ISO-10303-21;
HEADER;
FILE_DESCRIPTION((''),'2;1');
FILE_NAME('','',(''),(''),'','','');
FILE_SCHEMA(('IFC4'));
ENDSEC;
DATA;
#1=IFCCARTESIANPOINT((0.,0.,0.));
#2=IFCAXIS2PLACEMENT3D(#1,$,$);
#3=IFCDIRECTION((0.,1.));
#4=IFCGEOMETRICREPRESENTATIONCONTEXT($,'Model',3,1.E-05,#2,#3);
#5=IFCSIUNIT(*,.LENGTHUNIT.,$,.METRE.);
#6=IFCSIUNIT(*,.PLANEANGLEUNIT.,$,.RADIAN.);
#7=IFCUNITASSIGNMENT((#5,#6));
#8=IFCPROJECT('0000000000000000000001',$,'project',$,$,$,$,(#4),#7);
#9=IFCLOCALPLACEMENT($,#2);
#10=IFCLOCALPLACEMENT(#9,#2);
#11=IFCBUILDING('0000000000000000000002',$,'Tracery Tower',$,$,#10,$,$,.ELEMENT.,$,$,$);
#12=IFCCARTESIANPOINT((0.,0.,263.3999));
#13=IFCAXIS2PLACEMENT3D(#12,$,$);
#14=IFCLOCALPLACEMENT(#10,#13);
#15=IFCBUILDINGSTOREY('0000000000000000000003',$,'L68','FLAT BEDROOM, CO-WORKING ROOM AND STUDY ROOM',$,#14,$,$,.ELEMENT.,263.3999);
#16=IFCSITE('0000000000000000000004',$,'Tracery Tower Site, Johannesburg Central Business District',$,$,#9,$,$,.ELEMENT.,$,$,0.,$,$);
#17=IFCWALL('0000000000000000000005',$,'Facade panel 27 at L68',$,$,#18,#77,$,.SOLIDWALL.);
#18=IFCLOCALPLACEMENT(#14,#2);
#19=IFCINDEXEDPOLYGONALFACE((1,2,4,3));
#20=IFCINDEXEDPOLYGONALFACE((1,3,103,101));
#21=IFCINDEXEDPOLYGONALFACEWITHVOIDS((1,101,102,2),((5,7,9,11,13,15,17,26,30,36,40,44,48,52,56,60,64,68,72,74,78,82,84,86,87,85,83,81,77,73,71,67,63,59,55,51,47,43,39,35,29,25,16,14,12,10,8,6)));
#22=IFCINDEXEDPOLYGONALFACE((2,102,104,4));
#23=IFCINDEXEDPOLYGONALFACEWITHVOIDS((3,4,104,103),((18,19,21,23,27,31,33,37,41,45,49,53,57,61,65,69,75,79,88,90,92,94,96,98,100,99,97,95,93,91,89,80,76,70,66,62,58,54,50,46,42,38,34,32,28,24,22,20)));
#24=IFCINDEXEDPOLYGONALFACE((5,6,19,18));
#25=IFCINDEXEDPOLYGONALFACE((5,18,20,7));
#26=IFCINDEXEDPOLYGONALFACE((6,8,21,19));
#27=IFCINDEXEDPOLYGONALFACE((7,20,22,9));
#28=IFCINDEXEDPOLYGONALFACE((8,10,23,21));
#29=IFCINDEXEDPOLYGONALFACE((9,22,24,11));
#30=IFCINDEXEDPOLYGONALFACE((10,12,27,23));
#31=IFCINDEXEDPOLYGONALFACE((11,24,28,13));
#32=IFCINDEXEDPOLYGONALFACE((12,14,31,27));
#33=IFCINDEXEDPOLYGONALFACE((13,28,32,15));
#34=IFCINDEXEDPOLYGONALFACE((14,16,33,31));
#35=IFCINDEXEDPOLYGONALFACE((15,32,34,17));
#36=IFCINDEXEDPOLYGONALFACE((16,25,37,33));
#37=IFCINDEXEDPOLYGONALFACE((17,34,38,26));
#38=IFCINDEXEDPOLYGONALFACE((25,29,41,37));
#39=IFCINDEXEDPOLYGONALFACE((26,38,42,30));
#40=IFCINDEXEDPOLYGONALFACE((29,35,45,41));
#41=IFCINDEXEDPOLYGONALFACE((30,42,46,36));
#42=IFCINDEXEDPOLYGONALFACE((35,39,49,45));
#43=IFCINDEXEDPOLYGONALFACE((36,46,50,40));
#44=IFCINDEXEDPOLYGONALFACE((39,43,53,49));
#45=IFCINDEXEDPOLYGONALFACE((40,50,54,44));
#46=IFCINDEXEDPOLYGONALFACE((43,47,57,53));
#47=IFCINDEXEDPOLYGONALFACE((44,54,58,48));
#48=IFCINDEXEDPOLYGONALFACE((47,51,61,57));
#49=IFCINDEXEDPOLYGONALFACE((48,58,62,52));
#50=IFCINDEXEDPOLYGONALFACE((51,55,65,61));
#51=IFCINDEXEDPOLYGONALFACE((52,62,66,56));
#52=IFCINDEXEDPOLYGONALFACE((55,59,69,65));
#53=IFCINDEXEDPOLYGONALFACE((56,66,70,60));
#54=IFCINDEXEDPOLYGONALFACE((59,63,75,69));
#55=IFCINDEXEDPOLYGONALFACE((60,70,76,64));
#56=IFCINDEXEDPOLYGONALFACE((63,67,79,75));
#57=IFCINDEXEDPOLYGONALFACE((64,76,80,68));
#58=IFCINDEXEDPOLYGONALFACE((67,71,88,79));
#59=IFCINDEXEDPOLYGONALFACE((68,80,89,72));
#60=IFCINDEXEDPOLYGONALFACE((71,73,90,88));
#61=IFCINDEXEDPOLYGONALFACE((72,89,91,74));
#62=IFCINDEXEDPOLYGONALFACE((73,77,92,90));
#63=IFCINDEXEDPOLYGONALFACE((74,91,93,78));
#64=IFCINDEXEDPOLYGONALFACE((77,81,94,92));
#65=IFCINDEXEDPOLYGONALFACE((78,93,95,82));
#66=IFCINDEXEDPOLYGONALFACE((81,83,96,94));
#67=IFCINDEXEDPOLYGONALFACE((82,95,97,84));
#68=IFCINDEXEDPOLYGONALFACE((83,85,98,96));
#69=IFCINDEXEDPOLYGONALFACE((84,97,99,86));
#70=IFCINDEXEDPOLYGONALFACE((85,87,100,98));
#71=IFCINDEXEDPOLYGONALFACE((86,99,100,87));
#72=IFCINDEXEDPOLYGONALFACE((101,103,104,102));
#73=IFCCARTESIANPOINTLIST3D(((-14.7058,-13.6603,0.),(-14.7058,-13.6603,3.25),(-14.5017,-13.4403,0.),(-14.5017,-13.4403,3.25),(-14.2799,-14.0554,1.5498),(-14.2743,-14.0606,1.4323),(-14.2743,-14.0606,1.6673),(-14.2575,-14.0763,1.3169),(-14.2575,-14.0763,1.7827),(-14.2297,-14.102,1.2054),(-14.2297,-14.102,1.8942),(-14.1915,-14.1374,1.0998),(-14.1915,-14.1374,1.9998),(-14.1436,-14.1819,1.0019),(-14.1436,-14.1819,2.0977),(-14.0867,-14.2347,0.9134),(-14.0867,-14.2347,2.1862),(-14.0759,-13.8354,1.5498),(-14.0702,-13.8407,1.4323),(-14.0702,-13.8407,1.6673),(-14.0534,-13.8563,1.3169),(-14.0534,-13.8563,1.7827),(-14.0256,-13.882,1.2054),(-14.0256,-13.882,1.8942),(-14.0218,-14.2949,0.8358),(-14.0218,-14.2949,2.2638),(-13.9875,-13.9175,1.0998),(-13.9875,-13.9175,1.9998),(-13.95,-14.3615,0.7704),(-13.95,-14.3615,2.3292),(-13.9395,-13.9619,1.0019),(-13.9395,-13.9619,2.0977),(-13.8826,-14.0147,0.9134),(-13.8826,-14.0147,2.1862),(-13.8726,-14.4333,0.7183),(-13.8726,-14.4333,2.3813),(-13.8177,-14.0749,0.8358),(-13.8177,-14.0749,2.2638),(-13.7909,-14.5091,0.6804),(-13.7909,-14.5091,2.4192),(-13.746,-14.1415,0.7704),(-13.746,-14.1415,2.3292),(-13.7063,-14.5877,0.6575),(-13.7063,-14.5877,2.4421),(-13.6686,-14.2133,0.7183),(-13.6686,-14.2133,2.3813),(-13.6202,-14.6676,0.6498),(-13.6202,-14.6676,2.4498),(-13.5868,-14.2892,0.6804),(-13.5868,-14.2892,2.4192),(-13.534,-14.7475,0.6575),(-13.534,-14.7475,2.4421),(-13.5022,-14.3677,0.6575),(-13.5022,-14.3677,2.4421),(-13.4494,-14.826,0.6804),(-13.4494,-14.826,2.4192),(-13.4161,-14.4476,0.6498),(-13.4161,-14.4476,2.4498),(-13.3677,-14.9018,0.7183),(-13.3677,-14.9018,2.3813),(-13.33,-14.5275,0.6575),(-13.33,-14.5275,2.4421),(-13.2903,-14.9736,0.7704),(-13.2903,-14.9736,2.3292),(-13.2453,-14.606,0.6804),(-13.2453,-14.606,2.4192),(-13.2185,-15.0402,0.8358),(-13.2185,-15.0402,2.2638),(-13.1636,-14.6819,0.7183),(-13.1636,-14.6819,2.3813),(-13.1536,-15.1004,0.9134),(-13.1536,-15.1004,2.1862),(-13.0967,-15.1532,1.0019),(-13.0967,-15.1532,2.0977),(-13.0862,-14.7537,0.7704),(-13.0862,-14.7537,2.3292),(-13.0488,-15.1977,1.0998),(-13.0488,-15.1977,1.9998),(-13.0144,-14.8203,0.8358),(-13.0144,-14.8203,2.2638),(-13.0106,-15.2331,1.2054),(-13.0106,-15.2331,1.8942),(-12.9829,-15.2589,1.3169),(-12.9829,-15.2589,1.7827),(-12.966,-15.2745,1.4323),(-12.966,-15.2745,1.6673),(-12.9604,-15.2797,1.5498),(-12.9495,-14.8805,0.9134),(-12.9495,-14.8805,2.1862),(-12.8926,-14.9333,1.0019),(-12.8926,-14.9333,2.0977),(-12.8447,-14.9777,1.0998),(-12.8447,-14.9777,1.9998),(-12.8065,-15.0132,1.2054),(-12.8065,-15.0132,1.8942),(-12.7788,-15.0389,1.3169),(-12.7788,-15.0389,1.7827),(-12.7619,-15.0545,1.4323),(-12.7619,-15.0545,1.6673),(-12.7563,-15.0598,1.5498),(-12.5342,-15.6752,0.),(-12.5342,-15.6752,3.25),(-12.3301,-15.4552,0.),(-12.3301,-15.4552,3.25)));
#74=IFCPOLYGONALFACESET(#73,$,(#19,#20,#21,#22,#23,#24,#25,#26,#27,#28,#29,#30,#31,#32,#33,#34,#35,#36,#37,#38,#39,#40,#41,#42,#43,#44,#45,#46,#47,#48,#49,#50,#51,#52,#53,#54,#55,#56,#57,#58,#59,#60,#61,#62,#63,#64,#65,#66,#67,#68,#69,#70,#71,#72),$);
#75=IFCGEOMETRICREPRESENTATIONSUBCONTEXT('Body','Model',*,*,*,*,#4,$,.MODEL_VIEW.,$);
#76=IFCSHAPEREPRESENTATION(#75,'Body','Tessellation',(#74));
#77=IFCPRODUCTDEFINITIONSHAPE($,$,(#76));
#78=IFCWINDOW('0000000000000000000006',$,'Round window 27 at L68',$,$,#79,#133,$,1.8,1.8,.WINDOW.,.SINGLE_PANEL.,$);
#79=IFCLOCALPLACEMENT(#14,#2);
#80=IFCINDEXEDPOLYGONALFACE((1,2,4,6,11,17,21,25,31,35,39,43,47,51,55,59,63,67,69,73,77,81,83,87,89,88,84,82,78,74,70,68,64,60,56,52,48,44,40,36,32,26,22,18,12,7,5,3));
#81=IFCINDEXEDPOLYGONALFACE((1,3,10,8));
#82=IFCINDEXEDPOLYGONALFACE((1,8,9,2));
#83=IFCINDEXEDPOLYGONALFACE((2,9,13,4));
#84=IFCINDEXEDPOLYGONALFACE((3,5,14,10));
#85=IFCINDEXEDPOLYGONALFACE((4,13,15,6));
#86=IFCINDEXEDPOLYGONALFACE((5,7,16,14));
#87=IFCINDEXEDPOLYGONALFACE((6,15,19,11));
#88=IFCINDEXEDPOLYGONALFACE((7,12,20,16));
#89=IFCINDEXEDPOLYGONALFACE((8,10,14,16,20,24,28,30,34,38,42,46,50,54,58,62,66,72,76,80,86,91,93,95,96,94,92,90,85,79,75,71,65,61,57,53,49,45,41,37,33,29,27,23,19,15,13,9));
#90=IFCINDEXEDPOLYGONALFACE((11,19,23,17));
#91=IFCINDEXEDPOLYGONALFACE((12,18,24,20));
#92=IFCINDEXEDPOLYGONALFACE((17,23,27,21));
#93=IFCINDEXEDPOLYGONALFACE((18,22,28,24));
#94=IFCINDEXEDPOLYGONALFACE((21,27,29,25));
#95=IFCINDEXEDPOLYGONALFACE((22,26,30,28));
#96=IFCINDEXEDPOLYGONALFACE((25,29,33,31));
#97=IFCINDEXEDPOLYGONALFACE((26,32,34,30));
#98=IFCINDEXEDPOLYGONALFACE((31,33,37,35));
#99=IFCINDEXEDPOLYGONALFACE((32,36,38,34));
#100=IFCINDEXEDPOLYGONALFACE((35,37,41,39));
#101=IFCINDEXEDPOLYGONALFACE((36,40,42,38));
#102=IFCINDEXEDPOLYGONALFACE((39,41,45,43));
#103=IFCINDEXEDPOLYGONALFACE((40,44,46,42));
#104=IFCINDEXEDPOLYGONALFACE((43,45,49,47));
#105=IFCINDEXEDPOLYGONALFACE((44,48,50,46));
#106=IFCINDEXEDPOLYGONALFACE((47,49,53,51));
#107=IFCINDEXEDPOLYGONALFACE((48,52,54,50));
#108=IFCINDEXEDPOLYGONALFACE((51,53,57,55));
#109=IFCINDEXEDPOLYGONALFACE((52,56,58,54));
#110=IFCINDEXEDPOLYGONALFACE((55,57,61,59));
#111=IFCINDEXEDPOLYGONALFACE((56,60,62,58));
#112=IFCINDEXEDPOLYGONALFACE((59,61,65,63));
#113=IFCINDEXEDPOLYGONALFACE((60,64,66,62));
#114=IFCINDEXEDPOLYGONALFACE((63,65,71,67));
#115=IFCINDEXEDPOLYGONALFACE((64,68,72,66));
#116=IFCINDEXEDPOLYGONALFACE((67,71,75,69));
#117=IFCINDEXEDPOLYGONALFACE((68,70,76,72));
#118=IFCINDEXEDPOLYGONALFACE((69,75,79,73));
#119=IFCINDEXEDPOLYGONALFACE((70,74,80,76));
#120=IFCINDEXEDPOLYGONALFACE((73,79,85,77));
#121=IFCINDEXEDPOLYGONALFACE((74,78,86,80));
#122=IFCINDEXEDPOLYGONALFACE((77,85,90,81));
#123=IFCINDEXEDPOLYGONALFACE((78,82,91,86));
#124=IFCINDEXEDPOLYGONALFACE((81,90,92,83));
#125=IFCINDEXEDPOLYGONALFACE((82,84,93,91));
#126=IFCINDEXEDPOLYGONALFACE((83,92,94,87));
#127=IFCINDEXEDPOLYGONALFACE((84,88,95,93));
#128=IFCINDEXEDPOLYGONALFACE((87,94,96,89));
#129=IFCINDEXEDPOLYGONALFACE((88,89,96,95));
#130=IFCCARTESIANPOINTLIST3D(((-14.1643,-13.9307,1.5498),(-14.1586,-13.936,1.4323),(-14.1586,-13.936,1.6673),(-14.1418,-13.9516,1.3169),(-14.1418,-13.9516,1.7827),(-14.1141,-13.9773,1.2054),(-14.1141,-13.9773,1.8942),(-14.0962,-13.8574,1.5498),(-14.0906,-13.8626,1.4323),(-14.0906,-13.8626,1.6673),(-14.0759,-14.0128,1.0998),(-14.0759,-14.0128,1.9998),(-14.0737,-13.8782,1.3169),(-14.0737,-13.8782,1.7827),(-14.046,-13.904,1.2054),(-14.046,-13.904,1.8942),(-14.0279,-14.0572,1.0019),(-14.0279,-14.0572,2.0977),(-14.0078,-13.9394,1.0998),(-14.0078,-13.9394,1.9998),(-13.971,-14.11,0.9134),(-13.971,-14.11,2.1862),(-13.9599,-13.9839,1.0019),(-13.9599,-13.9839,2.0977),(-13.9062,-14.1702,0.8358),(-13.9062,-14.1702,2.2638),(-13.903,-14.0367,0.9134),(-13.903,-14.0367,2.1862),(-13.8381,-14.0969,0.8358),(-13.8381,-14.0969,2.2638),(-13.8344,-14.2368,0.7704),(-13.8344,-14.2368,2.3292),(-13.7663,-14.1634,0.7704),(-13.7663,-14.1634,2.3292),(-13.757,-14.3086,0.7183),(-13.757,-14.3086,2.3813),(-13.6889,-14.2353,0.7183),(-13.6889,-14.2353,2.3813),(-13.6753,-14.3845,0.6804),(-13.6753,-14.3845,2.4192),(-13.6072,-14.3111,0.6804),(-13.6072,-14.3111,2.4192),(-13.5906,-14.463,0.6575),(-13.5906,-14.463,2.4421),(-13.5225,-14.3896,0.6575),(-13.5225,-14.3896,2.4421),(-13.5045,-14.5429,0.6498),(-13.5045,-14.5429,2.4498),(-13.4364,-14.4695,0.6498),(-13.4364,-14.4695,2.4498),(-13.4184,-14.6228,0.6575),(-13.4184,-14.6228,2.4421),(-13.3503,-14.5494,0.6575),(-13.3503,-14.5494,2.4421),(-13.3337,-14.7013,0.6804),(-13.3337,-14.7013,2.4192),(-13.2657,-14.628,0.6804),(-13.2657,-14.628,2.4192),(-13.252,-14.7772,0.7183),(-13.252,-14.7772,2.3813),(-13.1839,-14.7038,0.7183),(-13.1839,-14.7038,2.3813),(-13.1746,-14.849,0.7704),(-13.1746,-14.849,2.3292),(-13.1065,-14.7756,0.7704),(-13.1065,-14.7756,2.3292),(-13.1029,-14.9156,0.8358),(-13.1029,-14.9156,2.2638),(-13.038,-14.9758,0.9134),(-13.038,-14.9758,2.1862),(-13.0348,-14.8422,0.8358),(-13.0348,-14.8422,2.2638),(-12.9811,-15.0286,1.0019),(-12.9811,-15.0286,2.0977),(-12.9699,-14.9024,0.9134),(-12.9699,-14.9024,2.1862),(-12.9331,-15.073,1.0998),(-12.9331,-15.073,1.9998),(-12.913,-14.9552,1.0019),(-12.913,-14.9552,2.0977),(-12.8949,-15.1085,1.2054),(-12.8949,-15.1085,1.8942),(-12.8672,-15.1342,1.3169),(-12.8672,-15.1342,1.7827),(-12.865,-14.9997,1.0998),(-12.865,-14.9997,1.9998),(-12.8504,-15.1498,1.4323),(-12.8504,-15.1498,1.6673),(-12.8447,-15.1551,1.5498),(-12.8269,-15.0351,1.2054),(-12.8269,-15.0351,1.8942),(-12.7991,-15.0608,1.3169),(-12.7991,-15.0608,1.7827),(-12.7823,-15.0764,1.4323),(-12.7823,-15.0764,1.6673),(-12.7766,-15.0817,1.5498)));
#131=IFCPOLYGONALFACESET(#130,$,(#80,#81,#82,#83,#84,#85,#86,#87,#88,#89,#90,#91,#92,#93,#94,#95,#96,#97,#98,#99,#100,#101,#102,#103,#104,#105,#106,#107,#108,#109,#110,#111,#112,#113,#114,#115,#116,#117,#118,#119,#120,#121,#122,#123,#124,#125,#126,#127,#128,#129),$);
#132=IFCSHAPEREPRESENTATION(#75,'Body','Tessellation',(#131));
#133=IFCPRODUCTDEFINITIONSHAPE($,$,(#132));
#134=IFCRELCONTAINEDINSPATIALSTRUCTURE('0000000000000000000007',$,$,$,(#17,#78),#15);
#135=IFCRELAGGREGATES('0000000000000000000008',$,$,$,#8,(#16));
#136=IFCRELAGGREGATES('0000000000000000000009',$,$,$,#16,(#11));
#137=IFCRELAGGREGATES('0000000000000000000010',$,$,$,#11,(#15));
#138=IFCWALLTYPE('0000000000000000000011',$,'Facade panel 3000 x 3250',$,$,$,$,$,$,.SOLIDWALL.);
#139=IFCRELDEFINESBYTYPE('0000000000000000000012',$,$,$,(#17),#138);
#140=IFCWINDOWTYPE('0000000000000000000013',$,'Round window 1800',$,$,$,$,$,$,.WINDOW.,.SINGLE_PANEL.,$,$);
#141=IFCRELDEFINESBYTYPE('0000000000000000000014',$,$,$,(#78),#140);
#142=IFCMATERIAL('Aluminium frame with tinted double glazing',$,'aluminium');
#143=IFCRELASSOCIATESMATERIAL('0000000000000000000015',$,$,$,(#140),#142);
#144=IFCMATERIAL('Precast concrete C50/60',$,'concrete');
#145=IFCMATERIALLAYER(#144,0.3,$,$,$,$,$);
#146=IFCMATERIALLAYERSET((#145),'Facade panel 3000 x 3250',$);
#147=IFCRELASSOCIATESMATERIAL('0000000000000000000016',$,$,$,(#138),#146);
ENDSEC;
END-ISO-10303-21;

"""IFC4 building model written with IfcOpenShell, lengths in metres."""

from ifc_helpers import new_model, si_unit, direction, frame, frame_2d, origin, origin_2d, place, context, subcontext, project, spatial, rectangle, circle, extrude, material, layer, layer_set, type_object, element, fill, save


model = new_model("IFC4")

# Units and contexts
model_context = context("Model", 3, precision=1e-05, world=origin(), true_north=direction((0.0, 1.0)))
body_context = subcontext(model_context, "Body", "Model", "MODEL_VIEW")
ifc_project = project(units=[si_unit("LENGTHUNIT", "METRE"), si_unit("PLANEANGLEUNIT", "RADIAN")], contexts=[model_context])

# Site, building, storey
site_placement = place(None, origin())
site = spatial("IfcSite", under=ifc_project, at=site_placement, Name="Tracery Tower Site, Johannesburg Central Business District", CompositionType="ELEMENT", RefElevation=0.0)
building_placement = place(site_placement, origin())
building = spatial("IfcBuilding", under=site, at=building_placement, Name="Tracery Tower", CompositionType="ELEMENT")
storey_placement = place(building_placement, frame((0.0, 0.0, 263.3999)))
storey = spatial("IfcBuildingStorey", under=building, at=storey_placement, Name="L68", Description="FLAT BEDROOM, CO-WORKING ROOM AND STUDY ROOM", CompositionType="ELEMENT", Elevation=263.3999)

# Wall, opening, window
ifc_material_1 = material(Name="Aluminium frame with tinted double glazing", Category="aluminium")
window_type = type_object("IfcWindowType", Name="Round window 1800", PartitioningType="SINGLE_PANEL", PredefinedType="WINDOW", material=ifc_material_1)
ifc_material_2 = material(Name="Precast concrete C50/60", Category="concrete")
ifc_layer_1 = layer(ifc_material_2, 0.3)
ifc_layer_set_1 = layer_set([ifc_layer_1], Name="Facade panel 3000 x 3250")
wall_type_1 = type_object("IfcWallType", Name="Facade panel 3000 x 3250", PredefinedType="SOLIDWALL", material=ifc_layer_set_1)
wall_1_placement = place(storey_placement, frame((-14.6038, -13.5503, 0.0), z_axis=(0.0, 0.0, 1.0), x_axis=(0.733066, -0.680157, 0.0)))
wall_1 = element("IfcWall", 1, at=wall_1_placement, inside=storey, type_object=wall_type_1, Name="Facade panel 27 at L68", PredefinedType="SOLIDWALL", context=body_context, shape_type="SweptSolid", body=[
    extrude(rectangle(XDim=2.9624, YDim=0.3, at=frame_2d((1.4812, 0.0))), origin(), (0.0, 0.0, 1.0), 3.25),
])
opening_1_placement = place(wall_1_placement, frame((1.481, 0.0, 1.5498)))
opening_1 = element("IfcOpeningElement", 2, at=opening_1_placement, cuts=wall_1, PredefinedType="OPENING", context=body_context, shape_type="SweptSolid", body=[
    extrude(circle(Radius=0.9, at=origin_2d()), frame((0.0, 0.1599, 0.0), z_axis=(0.0, -1.0, 0.0), x_axis=(1.0, 0.0, 0.0)), (0.0, 0.0, 1.0), 0.3201),
])
window_1_placement = place(opening_1_placement, origin())
window_1 = element("IfcWindow", 3, at=window_1_placement, inside=storey, type_object=window_type, Name="Round window 27 at L68", OverallHeight=1.8, OverallWidth=1.8, PartitioningType="SINGLE_PANEL", PredefinedType="WINDOW", context=body_context, shape_type="SweptSolid", body=[
    extrude(circle(Radius=0.9, at=origin_2d()), frame((0.0, 0.1201, 0.0), z_axis=(0.0, -1.0, 0.0), x_axis=(1.0, 0.0, 0.0)), (0.0, 0.0, 1.0), 0.1001),
])
fill(opening_1, window_1)

save(model, "model.ifc")
